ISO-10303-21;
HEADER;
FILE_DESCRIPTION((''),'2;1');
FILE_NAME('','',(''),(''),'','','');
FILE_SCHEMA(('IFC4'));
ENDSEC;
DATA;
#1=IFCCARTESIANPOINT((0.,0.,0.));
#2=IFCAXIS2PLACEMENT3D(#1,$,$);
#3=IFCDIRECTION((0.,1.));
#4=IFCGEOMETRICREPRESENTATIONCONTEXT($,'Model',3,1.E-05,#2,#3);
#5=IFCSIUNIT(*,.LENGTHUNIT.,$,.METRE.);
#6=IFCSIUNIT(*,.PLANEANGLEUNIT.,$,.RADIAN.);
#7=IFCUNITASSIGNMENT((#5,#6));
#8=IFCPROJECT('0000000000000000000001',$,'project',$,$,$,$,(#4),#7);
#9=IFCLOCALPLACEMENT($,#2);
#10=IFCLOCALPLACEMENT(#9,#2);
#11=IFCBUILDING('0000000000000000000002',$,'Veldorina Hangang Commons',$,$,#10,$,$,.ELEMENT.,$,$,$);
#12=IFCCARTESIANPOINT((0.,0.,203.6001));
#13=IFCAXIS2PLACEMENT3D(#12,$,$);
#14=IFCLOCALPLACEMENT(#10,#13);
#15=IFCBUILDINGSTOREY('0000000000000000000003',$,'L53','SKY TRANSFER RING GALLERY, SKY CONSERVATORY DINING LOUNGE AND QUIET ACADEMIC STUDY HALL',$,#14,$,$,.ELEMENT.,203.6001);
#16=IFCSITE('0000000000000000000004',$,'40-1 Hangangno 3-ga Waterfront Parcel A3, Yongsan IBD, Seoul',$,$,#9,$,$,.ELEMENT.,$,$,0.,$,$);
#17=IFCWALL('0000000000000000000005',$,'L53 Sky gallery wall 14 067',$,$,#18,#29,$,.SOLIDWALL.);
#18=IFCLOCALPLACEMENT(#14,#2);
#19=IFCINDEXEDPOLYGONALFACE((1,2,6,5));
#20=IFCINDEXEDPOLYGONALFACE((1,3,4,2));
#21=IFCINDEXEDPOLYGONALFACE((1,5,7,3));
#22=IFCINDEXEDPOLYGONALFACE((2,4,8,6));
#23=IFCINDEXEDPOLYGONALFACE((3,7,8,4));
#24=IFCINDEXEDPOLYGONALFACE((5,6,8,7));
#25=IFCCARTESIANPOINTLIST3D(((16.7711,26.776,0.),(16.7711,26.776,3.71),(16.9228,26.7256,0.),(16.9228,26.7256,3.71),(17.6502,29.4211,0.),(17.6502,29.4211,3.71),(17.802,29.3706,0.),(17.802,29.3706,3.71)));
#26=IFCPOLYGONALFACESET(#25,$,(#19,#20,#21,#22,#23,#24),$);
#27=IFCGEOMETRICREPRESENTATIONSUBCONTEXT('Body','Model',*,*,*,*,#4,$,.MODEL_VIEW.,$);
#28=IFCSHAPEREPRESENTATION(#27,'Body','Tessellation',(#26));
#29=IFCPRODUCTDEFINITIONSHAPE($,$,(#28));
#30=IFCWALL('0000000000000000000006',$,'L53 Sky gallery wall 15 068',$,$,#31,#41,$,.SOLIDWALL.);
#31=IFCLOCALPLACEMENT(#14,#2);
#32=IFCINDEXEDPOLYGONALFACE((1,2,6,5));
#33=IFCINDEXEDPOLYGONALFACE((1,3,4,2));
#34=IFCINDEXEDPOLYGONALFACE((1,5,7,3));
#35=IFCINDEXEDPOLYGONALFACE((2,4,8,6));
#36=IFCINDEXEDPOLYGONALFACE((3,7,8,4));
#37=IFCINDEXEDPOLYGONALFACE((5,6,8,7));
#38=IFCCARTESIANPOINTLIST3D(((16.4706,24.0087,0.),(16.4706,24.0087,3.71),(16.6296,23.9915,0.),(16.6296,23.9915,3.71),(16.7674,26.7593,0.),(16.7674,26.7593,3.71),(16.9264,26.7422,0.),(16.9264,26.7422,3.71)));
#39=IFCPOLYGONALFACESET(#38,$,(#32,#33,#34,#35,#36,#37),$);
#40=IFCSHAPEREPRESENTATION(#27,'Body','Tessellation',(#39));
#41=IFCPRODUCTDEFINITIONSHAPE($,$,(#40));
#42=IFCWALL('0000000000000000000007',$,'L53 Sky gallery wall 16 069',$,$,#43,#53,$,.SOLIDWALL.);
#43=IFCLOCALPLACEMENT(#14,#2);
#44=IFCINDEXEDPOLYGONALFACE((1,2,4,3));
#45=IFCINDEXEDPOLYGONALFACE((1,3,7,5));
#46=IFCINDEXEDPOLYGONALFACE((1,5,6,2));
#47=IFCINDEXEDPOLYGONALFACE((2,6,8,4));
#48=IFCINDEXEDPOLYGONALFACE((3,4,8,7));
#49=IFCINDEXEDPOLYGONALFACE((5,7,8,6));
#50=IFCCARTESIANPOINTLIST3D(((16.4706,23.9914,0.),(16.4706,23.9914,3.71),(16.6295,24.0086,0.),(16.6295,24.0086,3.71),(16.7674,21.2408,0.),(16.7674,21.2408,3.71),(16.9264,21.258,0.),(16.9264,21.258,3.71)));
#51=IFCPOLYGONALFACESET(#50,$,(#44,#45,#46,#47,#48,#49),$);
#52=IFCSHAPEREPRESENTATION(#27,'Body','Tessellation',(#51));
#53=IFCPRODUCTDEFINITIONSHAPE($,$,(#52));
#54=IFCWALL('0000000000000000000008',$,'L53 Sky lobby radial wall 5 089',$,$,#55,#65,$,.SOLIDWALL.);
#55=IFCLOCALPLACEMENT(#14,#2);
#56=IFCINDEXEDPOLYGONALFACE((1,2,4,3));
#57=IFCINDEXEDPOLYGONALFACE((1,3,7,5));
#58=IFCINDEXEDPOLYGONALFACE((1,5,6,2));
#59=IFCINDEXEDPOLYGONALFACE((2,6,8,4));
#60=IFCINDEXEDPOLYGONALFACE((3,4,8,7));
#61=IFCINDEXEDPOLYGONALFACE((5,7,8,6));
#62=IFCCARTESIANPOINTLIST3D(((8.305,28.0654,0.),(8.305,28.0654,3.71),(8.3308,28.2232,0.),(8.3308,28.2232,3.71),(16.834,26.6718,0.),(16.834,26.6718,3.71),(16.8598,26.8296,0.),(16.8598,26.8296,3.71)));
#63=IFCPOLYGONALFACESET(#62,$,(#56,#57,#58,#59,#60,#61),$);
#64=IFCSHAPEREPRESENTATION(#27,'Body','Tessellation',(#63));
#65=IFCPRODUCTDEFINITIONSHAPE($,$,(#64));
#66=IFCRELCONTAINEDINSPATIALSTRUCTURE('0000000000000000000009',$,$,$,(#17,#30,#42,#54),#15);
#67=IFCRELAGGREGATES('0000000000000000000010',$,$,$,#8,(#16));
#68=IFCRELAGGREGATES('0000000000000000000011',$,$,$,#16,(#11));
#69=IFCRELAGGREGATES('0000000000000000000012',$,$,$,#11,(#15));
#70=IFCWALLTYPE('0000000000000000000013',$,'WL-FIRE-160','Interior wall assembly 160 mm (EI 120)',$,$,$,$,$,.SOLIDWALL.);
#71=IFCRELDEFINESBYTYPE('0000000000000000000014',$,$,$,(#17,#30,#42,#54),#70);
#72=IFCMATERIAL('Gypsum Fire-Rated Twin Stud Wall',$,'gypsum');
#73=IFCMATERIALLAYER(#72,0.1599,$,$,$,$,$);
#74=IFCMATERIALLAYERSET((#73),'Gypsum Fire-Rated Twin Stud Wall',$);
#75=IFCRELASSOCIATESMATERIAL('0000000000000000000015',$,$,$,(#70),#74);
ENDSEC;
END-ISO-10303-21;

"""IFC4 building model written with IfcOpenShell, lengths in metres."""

from ifc_helpers import new_model, si_unit, direction, frame, frame_2d, origin, place, context, subcontext, project, spatial, rectangle, extrude, material, layer, layer_set, type_object, element, save


model = new_model("IFC4")

# Units and contexts
model_context = context("Model", 3, precision=1e-05, world=origin(), true_north=direction((0.0, 1.0)))
body_context = subcontext(model_context, "Body", "Model", "MODEL_VIEW")
ifc_project = project(units=[si_unit("LENGTHUNIT", "METRE"), si_unit("PLANEANGLEUNIT", "RADIAN")], contexts=[model_context])

# Site, building, storey
site_placement = place(None, origin())
site = spatial("IfcSite", under=ifc_project, at=site_placement, Name="40-1 Hangangno 3-ga Waterfront Parcel A3, Yongsan IBD, Seoul", CompositionType="ELEMENT", RefElevation=0.0)
building_placement = place(site_placement, origin())
building = spatial("IfcBuilding", under=site, at=building_placement, Name="Veldorina Hangang Commons", CompositionType="ELEMENT")
storey_placement = place(building_placement, frame((0.0, 0.0, 203.6001)))
storey = spatial("IfcBuildingStorey", under=building, at=storey_placement, Name="L53", Description="SKY TRANSFER RING GALLERY, SKY CONSERVATORY DINING LOUNGE AND QUIET ACADEMIC STUDY HALL", CompositionType="ELEMENT", Elevation=203.6001)

# Walls
ifc_material_1 = material(Name="Gypsum Fire-Rated Twin Stud Wall", Category="gypsum")
ifc_layer_1 = layer(ifc_material_1, 0.1599)
ifc_layer_set_1 = layer_set([ifc_layer_1], Name="Gypsum Fire-Rated Twin Stud Wall")
wall_type_1 = type_object("IfcWallType", Name="WL-FIRE-160", Description="Interior wall assembly 160 mm (EI 120)", PredefinedType="SOLIDWALL", material=ifc_layer_set_1)
wall_1_placement = place(storey_placement, frame((17.7261, 29.3958, 0.0), z_axis=(0.0, 0.0, 1.0), x_axis=(-0.315413, -0.948954, 0.0)))
element("IfcWall", 1, at=wall_1_placement, inside=storey, type_object=wall_type_1, Name="L53 Sky gallery wall 14 067", PredefinedType="SOLIDWALL", context=body_context, shape_type="SweptSolid", body=[
    extrude(rectangle(XDim=2.7874, YDim=0.1599, at=frame_2d((1.3936, 0.0))), origin(), (0.0, 0.0, 1.0), 3.71),
])
for number, where, z_axis, x_axis, name in (
    (2, (16.8469, 26.7507, 0.0), (0.0, 0.0, 1.0), (-0.107303, -0.994226, 0.0), "L53 Sky gallery wall 15 068"),
    (3, (16.55, 24.0, 0.0), (0.0, 0.0, 1.0), (0.107303, -0.994226, 0.0), "L53 Sky gallery wall 16 069"),
):
    element("IfcWall", number, at=place(storey_placement, frame(where, z_axis=z_axis, x_axis=x_axis)), inside=storey, type_object=wall_type_1, Name=name, PredefinedType="SOLIDWALL", context=body_context, shape_type="SweptSolid", body=[
        extrude(rectangle(XDim=2.7666, YDim=0.1599, at=frame_2d((1.3833, 0.0))), origin(), (0.0, 0.0, 1.0), 3.71),
    ])
wall_2_placement = place(storey_placement, frame((16.8469, 26.7507, 0.0), z_axis=(0.0, 0.0, 1.0), x_axis=(-0.986913, 0.161251, 0.0)))
element("IfcWall", 4, at=wall_2_placement, inside=storey, type_object=wall_type_1, Name="L53 Sky lobby radial wall 5 089", PredefinedType="SOLIDWALL", context=body_context, shape_type="SweptSolid", body=[
    extrude(rectangle(XDim=8.6421, YDim=0.1599, at=frame_2d((4.321, 0.0))), origin(), (0.0, 0.0, 1.0), 3.71),
])

save(model, "model.ifc")
